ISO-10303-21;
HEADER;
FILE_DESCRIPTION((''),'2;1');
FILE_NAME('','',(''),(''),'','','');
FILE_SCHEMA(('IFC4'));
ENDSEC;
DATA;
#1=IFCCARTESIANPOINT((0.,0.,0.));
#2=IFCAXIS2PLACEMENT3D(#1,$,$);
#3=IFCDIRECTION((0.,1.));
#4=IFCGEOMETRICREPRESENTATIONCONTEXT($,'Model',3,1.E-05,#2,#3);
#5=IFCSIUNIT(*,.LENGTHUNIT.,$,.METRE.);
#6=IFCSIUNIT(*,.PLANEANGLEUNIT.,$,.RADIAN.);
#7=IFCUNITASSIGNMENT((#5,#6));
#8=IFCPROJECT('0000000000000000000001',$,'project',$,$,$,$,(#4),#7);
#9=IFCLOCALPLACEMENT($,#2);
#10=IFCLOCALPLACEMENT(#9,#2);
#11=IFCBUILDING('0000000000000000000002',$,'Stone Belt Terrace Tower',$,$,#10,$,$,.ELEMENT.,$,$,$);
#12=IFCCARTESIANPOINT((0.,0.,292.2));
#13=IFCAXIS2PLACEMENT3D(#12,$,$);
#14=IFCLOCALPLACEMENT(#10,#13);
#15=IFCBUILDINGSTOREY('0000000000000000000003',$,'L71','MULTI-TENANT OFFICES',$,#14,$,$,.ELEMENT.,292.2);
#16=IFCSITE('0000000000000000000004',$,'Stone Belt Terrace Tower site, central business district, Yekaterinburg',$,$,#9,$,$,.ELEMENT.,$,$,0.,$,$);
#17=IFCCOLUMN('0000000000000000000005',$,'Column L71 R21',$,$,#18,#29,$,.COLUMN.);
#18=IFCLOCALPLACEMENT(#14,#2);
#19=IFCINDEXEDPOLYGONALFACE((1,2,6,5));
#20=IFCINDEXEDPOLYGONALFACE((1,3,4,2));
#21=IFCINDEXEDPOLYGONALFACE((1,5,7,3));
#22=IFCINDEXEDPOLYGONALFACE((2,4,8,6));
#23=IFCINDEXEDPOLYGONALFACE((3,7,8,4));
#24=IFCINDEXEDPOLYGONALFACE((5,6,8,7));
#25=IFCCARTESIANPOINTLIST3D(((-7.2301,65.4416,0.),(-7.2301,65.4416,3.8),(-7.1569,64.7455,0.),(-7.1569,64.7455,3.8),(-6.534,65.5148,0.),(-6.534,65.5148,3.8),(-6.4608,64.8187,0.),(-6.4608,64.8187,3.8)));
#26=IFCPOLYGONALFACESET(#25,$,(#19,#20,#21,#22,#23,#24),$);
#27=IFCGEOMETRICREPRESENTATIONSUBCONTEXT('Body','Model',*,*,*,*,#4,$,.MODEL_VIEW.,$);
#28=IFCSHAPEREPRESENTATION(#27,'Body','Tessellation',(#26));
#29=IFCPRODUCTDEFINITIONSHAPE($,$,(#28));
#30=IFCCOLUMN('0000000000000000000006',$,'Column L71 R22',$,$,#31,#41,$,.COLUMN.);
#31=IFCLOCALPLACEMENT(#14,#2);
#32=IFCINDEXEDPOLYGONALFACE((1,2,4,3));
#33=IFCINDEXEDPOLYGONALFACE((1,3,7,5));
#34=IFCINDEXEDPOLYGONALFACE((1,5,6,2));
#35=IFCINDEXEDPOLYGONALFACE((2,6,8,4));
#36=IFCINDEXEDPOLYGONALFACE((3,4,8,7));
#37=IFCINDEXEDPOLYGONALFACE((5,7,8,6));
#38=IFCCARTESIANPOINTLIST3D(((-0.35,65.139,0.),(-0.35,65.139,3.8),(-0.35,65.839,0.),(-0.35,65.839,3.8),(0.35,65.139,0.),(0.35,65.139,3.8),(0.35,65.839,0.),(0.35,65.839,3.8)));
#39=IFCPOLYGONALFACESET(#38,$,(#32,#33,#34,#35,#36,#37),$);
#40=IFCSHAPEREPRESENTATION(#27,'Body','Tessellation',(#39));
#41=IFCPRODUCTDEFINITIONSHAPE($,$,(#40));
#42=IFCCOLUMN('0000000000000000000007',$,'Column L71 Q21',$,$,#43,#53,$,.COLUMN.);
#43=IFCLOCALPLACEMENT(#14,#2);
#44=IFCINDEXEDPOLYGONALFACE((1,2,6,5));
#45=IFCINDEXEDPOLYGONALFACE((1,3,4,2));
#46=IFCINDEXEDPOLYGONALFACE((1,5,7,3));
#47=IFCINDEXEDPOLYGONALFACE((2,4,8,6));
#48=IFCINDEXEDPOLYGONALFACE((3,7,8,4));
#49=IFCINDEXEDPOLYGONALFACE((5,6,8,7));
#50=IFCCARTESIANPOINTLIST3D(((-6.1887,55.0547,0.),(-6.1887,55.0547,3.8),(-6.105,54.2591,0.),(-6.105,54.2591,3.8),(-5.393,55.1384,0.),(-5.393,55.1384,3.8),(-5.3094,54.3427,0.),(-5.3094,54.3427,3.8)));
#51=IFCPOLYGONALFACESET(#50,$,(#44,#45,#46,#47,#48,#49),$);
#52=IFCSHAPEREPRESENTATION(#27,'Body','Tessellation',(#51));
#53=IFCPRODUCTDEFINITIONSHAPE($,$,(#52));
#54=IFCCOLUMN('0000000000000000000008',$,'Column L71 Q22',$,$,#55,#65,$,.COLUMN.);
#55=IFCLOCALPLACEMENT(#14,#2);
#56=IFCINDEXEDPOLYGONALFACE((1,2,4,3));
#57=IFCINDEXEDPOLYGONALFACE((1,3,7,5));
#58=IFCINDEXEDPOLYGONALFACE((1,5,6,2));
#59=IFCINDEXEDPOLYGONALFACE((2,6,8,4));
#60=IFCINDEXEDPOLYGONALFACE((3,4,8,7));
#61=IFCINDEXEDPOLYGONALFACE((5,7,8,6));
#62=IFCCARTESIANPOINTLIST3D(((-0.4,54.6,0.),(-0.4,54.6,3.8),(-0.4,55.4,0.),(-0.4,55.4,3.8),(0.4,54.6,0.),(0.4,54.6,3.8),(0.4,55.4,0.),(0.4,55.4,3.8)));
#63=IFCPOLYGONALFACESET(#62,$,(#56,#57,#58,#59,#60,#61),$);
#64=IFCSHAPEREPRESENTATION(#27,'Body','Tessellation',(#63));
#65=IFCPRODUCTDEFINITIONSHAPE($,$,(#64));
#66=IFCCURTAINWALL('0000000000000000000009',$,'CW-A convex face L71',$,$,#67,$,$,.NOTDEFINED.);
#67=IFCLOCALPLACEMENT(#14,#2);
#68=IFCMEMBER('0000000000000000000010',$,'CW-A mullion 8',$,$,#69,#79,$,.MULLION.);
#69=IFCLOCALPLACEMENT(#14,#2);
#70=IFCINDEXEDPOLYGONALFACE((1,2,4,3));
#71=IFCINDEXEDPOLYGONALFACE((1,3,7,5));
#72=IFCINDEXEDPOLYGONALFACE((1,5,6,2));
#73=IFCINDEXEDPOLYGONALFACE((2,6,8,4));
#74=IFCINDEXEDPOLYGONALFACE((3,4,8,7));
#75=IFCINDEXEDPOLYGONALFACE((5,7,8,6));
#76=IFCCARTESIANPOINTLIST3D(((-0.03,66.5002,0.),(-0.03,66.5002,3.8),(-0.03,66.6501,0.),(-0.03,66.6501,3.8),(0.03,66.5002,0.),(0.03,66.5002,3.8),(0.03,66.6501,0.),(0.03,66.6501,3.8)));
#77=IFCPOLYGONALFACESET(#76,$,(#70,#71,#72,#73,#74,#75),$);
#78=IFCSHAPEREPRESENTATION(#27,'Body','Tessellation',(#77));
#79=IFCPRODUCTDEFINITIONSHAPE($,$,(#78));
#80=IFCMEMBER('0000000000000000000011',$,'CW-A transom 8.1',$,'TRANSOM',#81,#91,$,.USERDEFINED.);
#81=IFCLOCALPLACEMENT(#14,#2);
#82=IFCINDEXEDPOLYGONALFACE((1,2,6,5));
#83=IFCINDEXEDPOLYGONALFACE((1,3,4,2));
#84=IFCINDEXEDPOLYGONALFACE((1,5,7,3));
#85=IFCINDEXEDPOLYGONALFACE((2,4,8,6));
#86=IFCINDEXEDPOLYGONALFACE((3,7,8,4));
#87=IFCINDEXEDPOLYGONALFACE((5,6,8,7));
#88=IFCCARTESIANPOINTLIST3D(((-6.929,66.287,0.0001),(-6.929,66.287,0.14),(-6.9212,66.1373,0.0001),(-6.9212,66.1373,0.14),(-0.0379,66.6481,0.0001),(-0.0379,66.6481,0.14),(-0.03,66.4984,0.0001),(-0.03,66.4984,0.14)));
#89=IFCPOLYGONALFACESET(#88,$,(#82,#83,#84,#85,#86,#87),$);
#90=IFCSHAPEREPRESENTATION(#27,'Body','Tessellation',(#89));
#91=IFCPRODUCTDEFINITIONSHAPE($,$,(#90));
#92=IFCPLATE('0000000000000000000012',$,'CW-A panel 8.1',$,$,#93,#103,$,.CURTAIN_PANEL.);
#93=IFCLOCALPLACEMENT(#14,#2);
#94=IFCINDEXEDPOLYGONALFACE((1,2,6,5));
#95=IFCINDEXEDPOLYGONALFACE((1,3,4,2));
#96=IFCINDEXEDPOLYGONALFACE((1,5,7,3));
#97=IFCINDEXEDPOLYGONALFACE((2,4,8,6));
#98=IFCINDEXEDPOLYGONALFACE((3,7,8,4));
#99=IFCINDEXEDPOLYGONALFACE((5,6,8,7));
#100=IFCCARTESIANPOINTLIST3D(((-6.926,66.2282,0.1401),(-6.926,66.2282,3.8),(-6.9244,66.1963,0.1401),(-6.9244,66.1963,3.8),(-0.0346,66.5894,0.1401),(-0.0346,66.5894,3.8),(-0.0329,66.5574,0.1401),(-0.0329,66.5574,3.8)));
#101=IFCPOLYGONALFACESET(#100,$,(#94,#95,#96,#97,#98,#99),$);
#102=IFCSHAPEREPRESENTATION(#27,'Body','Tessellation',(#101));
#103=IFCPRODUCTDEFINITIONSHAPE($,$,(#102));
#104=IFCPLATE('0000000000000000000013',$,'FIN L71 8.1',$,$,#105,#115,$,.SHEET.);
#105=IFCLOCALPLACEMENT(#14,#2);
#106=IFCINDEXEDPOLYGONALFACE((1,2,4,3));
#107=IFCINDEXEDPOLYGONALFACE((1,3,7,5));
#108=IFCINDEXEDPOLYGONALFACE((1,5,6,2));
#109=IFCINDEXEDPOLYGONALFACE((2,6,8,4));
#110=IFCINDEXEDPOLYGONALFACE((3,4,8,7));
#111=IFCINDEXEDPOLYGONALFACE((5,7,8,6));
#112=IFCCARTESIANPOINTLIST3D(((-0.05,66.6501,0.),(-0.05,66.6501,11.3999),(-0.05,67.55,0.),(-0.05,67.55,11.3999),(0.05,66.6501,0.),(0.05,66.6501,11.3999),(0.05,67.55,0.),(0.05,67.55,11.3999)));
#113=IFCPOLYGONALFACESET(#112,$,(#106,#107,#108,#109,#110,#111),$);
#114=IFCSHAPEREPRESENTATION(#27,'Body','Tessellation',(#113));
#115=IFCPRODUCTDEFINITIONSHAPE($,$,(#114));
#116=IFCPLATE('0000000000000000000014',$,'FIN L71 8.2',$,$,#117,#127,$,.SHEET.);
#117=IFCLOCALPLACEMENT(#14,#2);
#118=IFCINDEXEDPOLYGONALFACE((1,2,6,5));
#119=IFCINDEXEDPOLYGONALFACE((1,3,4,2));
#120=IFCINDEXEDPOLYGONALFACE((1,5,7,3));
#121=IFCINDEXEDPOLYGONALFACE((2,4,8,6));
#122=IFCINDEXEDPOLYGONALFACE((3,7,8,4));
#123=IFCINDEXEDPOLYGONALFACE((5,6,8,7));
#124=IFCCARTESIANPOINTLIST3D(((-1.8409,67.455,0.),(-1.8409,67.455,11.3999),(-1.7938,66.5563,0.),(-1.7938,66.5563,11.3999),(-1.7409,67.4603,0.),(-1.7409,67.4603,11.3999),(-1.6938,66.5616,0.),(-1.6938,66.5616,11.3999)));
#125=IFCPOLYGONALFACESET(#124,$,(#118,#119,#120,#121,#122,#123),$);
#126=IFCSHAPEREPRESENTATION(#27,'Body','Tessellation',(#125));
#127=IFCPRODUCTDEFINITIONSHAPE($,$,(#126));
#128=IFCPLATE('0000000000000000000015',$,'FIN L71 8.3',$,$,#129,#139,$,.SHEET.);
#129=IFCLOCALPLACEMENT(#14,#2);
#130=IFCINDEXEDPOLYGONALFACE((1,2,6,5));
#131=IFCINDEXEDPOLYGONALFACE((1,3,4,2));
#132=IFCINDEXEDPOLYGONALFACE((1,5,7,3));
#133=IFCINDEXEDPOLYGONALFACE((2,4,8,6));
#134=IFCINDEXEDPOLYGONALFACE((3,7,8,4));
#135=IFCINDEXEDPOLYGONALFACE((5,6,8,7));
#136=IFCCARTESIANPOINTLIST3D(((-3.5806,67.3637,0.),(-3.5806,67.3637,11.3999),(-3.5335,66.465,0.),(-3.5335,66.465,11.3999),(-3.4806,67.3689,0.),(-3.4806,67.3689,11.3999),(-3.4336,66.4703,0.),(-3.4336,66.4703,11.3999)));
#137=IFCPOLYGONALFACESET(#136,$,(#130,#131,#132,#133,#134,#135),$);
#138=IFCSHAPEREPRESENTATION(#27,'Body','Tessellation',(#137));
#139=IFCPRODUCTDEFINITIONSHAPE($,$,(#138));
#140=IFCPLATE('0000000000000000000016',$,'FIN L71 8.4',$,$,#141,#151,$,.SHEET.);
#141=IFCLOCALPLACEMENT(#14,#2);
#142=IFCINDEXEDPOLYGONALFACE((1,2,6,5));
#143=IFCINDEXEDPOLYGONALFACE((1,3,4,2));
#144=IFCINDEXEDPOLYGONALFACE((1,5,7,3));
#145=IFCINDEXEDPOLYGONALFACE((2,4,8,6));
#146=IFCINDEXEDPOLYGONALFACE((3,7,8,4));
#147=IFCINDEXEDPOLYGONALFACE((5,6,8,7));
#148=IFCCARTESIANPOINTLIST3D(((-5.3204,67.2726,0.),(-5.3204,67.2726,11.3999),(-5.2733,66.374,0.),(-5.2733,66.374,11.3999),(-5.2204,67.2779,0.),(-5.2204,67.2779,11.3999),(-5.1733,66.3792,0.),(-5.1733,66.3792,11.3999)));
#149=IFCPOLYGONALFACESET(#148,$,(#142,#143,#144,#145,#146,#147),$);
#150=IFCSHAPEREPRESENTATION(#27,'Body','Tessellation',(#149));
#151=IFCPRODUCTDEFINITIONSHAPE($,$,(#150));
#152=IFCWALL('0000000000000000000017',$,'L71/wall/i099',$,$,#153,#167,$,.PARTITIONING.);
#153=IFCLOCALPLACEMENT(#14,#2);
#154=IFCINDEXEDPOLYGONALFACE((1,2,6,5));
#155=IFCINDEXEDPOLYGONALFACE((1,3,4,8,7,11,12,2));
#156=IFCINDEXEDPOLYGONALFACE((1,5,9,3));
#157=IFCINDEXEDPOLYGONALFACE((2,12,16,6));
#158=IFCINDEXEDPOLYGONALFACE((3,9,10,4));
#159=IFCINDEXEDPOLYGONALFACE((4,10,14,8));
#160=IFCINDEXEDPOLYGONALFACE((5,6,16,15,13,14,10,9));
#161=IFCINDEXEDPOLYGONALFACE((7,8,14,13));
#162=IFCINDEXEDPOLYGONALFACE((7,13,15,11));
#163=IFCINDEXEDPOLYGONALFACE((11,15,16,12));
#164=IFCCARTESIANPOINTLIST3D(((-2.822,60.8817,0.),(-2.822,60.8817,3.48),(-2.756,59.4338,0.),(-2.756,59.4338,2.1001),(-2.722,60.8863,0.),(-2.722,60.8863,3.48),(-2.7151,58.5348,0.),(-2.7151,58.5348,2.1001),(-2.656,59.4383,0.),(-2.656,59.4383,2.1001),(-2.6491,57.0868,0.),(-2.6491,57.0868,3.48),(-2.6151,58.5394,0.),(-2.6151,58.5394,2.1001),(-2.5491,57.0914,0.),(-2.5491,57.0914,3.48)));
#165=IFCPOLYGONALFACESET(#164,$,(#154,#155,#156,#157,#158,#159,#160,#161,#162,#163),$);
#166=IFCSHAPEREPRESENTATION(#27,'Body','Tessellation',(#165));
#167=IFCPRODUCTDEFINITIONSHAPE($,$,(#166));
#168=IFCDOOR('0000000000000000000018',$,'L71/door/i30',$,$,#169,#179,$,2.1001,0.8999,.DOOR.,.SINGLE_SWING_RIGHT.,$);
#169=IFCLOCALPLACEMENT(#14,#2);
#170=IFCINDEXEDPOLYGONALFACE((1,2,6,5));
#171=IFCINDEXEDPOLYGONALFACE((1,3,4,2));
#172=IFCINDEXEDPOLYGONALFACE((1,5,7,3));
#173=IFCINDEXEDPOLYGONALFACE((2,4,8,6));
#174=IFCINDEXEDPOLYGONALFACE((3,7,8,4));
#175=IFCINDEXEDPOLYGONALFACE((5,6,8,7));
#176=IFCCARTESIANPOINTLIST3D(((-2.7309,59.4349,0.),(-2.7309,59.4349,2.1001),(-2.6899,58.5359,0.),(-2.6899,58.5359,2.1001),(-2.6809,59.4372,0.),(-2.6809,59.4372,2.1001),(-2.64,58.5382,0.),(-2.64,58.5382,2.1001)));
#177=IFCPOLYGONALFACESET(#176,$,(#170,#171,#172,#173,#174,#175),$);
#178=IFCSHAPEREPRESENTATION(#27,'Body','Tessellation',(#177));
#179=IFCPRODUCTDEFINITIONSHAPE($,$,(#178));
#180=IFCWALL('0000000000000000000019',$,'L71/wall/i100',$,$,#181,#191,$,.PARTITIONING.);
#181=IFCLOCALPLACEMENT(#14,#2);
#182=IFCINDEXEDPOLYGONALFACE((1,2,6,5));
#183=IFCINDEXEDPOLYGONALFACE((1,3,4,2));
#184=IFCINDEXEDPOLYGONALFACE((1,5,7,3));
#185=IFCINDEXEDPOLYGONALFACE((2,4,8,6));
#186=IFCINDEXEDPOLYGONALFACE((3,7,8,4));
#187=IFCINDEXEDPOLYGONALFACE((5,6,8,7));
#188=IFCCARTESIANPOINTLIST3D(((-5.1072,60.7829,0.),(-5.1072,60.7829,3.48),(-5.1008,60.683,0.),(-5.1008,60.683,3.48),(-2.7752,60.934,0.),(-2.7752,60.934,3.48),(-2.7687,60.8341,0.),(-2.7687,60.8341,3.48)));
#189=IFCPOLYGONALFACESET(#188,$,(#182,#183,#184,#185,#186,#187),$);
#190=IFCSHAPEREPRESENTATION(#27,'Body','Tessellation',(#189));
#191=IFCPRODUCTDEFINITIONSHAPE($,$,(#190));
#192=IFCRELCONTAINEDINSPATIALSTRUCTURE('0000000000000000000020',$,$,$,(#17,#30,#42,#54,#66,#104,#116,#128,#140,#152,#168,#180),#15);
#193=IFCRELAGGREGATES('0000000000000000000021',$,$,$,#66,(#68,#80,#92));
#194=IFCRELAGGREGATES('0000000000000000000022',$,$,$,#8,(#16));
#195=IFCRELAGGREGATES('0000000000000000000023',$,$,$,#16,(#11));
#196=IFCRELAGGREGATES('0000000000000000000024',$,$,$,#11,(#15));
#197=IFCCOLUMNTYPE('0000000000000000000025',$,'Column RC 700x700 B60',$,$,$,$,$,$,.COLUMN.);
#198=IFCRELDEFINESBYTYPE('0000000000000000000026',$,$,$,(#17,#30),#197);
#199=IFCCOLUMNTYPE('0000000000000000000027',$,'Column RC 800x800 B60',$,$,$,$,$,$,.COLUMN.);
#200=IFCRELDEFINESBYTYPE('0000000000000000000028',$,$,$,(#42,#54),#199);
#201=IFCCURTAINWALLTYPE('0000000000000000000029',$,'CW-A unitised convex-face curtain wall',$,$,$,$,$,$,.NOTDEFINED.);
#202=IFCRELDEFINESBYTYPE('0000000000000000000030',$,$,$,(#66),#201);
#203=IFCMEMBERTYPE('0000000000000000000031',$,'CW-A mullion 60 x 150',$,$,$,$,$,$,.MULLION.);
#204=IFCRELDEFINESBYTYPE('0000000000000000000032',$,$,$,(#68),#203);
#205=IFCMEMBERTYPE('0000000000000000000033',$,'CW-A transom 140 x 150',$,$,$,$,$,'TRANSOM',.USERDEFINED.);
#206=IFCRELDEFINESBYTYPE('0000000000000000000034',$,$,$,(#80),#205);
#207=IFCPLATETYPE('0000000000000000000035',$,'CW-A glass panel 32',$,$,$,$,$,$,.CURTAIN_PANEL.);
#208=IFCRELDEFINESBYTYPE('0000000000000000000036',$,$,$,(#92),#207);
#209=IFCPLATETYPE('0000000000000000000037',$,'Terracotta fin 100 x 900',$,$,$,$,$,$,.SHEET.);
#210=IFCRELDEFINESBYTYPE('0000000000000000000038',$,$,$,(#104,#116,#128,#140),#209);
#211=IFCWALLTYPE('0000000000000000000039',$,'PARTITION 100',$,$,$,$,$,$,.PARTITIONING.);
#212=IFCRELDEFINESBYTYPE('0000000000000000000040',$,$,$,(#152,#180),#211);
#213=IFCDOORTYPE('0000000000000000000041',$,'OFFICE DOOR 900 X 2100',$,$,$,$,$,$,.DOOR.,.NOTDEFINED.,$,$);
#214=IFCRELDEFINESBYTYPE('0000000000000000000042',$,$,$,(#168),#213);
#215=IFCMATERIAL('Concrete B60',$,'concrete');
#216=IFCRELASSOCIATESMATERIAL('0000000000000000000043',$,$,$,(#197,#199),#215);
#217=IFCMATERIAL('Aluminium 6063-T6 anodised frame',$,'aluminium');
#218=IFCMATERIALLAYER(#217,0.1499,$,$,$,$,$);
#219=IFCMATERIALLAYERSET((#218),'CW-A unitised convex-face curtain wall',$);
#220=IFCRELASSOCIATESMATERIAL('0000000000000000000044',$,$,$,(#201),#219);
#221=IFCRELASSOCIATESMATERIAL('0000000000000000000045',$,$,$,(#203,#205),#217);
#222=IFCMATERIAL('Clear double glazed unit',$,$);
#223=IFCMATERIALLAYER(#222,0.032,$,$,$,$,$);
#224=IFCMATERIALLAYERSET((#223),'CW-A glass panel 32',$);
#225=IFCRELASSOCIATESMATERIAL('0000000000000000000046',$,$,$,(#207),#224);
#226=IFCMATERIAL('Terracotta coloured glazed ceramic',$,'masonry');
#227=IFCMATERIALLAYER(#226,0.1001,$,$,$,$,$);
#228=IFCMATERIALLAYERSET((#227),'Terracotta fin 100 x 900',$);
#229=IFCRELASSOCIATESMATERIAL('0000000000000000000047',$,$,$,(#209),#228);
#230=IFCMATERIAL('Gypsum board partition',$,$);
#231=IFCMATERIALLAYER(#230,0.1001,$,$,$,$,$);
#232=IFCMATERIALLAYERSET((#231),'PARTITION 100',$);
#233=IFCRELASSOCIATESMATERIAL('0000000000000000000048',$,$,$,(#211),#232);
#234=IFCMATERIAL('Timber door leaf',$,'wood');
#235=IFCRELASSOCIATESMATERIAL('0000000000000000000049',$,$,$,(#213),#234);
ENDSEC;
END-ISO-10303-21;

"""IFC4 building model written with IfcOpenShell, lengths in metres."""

from ifc_helpers import new_model, si_unit, direction, frame, frame_2d, origin, origin_2d, place, context, subcontext, project, spatial, rectangle, extrude, material, layer, layer_set, material_profile, profile_set, type_object, element, fill, aggregate, save


model = new_model("IFC4")

# Units and contexts
model_context = context("Model", 3, precision=1e-05, world=origin(), true_north=direction((0.0, 1.0)))
body_context = subcontext(model_context, "Body", "Model", "MODEL_VIEW")
ifc_project = project(units=[si_unit("LENGTHUNIT", "METRE"), si_unit("PLANEANGLEUNIT", "RADIAN")], contexts=[model_context])

# Site, building, storey
site_placement = place(None, origin())
site = spatial("IfcSite", under=ifc_project, at=site_placement, Name="Stone Belt Terrace Tower site, central business district, Yekaterinburg", CompositionType="ELEMENT", RefElevation=0.0)
building_placement = place(site_placement, origin())
building = spatial("IfcBuilding", under=site, at=building_placement, Name="Stone Belt Terrace Tower", CompositionType="ELEMENT")
storey_placement = place(building_placement, frame((0.0, 0.0, 292.2)))
storey = spatial("IfcBuildingStorey", under=building, at=storey_placement, Name="L71", Description="MULTI-TENANT OFFICES", CompositionType="ELEMENT", Elevation=292.2)

# Columns
ifc_material_1 = material(Name="Concrete B60", Category="concrete")
ifc_material_profile_1 = material_profile(ifc_material_1, rectangle(XDim=0.7, YDim=0.7, at=origin_2d()), Name="RC 700x700")
ifc_profile_set_1 = profile_set([ifc_material_profile_1], Name="Concrete B60")
column_type_1 = type_object("IfcColumnType", Name="Column RC 700x700 B60", PredefinedType="COLUMN", material=ifc_profile_set_1)
for number, where, z_axis, x_axis, name in (
    (1, (-6.8455, 65.1301, 0.0), (0.0, 0.0, 1.0), (0.994522, 0.104528, 0.0), "Column L71 R21"),
    (2, (0.0, 65.489, 0.0), (0.0, 0.0, 1.0), (1.0, 0.0, 0.0), "Column L71 R22"),
):
    element("IfcColumn", number, at=place(storey_placement, frame(where, z_axis=z_axis, x_axis=x_axis)), inside=storey, type_object=column_type_1, Name=name, PredefinedType="COLUMN", context=body_context, shape_type="SweptSolid", body=[
        extrude(rectangle(XDim=0.7, YDim=0.7, at=origin_2d()), origin(), (0.0, 0.0, 1.0), 3.8),
    ])
ifc_material_profile_2 = material_profile(ifc_material_1, rectangle(XDim=0.8, YDim=0.8, at=origin_2d()), Name="RC 800x800")
ifc_profile_set_2 = profile_set([ifc_material_profile_2], Name="Concrete B60")
column_type_2 = type_object("IfcColumnType", Name="Column RC 800x800 B60", PredefinedType="COLUMN", material=ifc_profile_set_2)
for number, where, z_axis, x_axis, name in (
    (3, (-5.749, 54.6987, 0.0), (0.0, 0.0, 1.0), (0.994522, 0.104528, 0.0), "Column L71 Q21"),
    (4, (0.0, 55.0, 0.0), (0.0, 0.0, 1.0), (1.0, 0.0, 0.0), "Column L71 Q22"),
):
    element("IfcColumn", number, at=place(storey_placement, frame(where, z_axis=z_axis, x_axis=x_axis)), inside=storey, type_object=column_type_2, Name=name, PredefinedType="COLUMN", context=body_context, shape_type="SweptSolid", body=[
        extrude(rectangle(XDim=0.8, YDim=0.8, at=origin_2d()), origin(), (0.0, 0.0, 1.0), 3.8),
    ])

# Curtain wall, members, plate
ifc_material_2 = material(Name="Aluminium 6063-T6 anodised frame", Category="aluminium")
ifc_layer_1 = layer(ifc_material_2, 0.1499)
ifc_layer_set_1 = layer_set([ifc_layer_1], Name="CW-A unitised convex-face curtain wall")
curtain_wall_type = type_object("IfcCurtainWallType", Name="CW-A unitised convex-face curtain wall", PredefinedType="NOTDEFINED", material=ifc_layer_set_1)
curtain_wall_placement = place(storey_placement, origin())
curtain_wall = element("IfcCurtainWall", 5, at=curtain_wall_placement, inside=storey, type_object=curtain_wall_type, Name="CW-A convex face L71", PredefinedType="NOTDEFINED")
ifc_material_profile_3 = material_profile(ifc_material_2, rectangle(XDim=0.1499, YDim=0.0601, at=origin_2d()), Name="Aluminium 6063-T6 60x150")
ifc_profile_set_3 = profile_set([ifc_material_profile_3], Name="Aluminium 6063-T6 anodised frame")
member_type_1 = type_object("IfcMemberType", Name="CW-A mullion 60 x 150", PredefinedType="MULLION", material=ifc_profile_set_3)
member_1_placement = place(storey_placement, frame((0.0, 66.5752, 0.0), z_axis=(0.0, 0.0, 1.0), x_axis=(0.0, -1.0, 0.0)))
member_1 = element("IfcMember", 6, at=member_1_placement, type_object=member_type_1, Name="CW-A mullion 8", PredefinedType="MULLION", context=body_context, shape_type="SweptSolid", body=[
    extrude(rectangle(XDim=0.1499, YDim=0.0601, at=origin_2d()), origin(), (0.0, 0.0, 1.0), 3.8),
])
ifc_material_profile_4 = material_profile(ifc_material_2, rectangle(XDim=0.1499, YDim=0.1399, at=origin_2d()), Name="Aluminium 6063-T6 150x140")
ifc_profile_set_4 = profile_set([ifc_material_profile_4], Name="Aluminium 6063-T6 anodised frame")
member_type_2 = type_object("IfcMemberType", Name="CW-A transom 140 x 150", ElementType="TRANSOM", PredefinedType="USERDEFINED", material=ifc_profile_set_4)
member_2_placement = place(storey_placement, frame((-0.0339, 66.5732, 0.0701), z_axis=(-0.99863, -0.052327, 0.0), x_axis=(0.052327, -0.99863, 0.0)))
member_2 = element("IfcMember", 7, at=member_2_placement, type_object=member_type_2, Name="CW-A transom 8.1", ObjectType="TRANSOM", PredefinedType="USERDEFINED", context=body_context, shape_type="SweptSolid", body=[
    extrude(rectangle(XDim=0.1499, YDim=0.1399, at=origin_2d()), origin(), (0.0, 0.0, 1.0), 6.9006),
])
ifc_material_3 = material(Name="Clear double glazed unit")
ifc_layer_2 = layer(ifc_material_3, 0.032)
ifc_layer_set_2 = layer_set([ifc_layer_2], Name="CW-A glass panel 32")
plate_type_1 = type_object("IfcPlateType", Name="CW-A glass panel 32", PredefinedType="CURTAIN_PANEL", material=ifc_layer_set_2)
plate_placement = place(storey_placement, frame((-3.4795, 66.3928, 0.1401), z_axis=(0.0, 0.0, 1.0), x_axis=(-0.99863, -0.052336, 0.0)))
plate = element("IfcPlate", 8, at=plate_placement, type_object=plate_type_1, Name="CW-A panel 8.1", PredefinedType="CURTAIN_PANEL", context=body_context, shape_type="SweptSolid", body=[
    extrude(rectangle(XDim=6.9009, YDim=0.032, at=origin_2d()), origin(), (0.0, 0.0, 1.0), 3.6599),
])
aggregate(curtain_wall, [member_1, member_2, plate])

# Plates
ifc_material_4 = material(Name="Terracotta coloured glazed ceramic", Category="masonry")
ifc_layer_3 = layer(ifc_material_4, 0.1001)
ifc_layer_set_3 = layer_set([ifc_layer_3], Name="Terracotta fin 100 x 900")
plate_type_2 = type_object("IfcPlateType", Name="Terracotta fin 100 x 900", PredefinedType="SHEET", material=ifc_layer_set_3)
for number, where, z_axis, x_axis, name in (
    (9, (0.0, 67.1001, 0.0), (0.0, 0.0, 1.0), (0.0, 1.0, 0.0), "FIN L71 8.1"),
    (10, (-1.7673, 67.0083, 0.0), (0.0, 0.0, 1.0), (-0.052336, 0.99863, 0.0), "FIN L71 8.2"),
    (11, (-3.5071, 66.917, 0.0), (0.0, 0.0, 1.0), (-0.052336, 0.99863, 0.0), "FIN L71 8.3"),
    (12, (-5.2468, 66.8259, 0.0), (0.0, 0.0, 1.0), (-0.052336, 0.99863, 0.0), "FIN L71 8.4"),
):
    element("IfcPlate", number, at=place(storey_placement, frame(where, z_axis=z_axis, x_axis=x_axis)), inside=storey, type_object=plate_type_2, Name=name, PredefinedType="SHEET", context=body_context, shape_type="SweptSolid", body=[
        extrude(rectangle(XDim=0.8999, YDim=0.1001, at=origin_2d()), origin(), (0.0, 0.0, 1.0), 11.3999),
    ])

# Wall, opening, door
ifc_material_5 = material(Name="Gypsum board partition")
ifc_layer_4 = layer(ifc_material_5, 0.1001)
ifc_layer_set_4 = layer_set([ifc_layer_4], Name="PARTITION 100")
wall_type_1 = type_object("IfcWallType", Name="PARTITION 100", PredefinedType="PARTITIONING", material=ifc_layer_set_4)
wall_1_placement = place(storey_placement, frame((-2.5991, 57.0891, 0.0), z_axis=(0.0, 0.0, 1.0), x_axis=(-0.045501, 0.998964, 0.0)))
wall_1 = element("IfcWall", 13, at=wall_1_placement, inside=storey, type_object=wall_type_1, Name="L71/wall/i099", PredefinedType="PARTITIONING", context=body_context, shape_type="SweptSolid", body=[
    extrude(rectangle(XDim=3.7988, YDim=0.1001, at=frame_2d((1.8994, 0.0))), origin(), (0.0, 0.0, 1.0), 3.48),
])
opening_1_placement = place(wall_1_placement, frame((1.4495, 0.0, 0.0)))
opening_1 = element("IfcOpeningElement", 14, at=opening_1_placement, cuts=wall_1, PredefinedType="OPENING", context=body_context, shape_type="SweptSolid", body=[
    extrude(rectangle(XDim=0.8999, YDim=2.1001, at=frame_2d((0.45, 1.05))), frame((0.0, 0.0601, 0.0), z_axis=(0.0, -1.0, 0.0), x_axis=(1.0, 0.0, 0.0)), (0.0, 0.0, 1.0), 0.1201),
])
ifc_material_6 = material(Name="Timber door leaf", Category="wood")
door_type_1 = type_object("IfcDoorType", Name="OFFICE DOOR 900 X 2100", OperationType="NOTDEFINED", PredefinedType="DOOR", material=ifc_material_6)
door_1_placement = place(opening_1_placement, origin())
door_1 = element("IfcDoor", 15, at=door_1_placement, inside=storey, type_object=door_type_1, Name="L71/door/i30", OperationType="SINGLE_SWING_RIGHT", OverallHeight=2.1001, OverallWidth=0.8999, PredefinedType="DOOR", context=body_context, shape_type="SweptSolid", body=[
    extrude(rectangle(XDim=0.8999, YDim=2.1001, at=frame_2d((0.45, 1.05))), frame((0.0, 0.0249, 0.0), z_axis=(0.0, -1.0, 0.0), x_axis=(1.0, 0.0, 0.0)), (0.0, 0.0, 1.0), 0.05),
])
fill(opening_1, door_1)

# Wall
wall_2_placement = place(storey_placement, frame((-2.772, 60.884, 0.0), z_axis=(0.0, 0.0, 1.0), x_axis=(-0.997907, -0.064668, 0.0)))
element("IfcWall", 16, at=wall_2_placement, inside=storey, type_object=wall_type_1, Name="L71/wall/i100", PredefinedType="PARTITIONING", context=body_context, shape_type="SweptSolid", body=[
    extrude(rectangle(XDim=2.3369, YDim=0.1001, at=frame_2d((1.1685, 0.0))), origin(), (0.0, 0.0, 1.0), 3.48),
])

save(model, "model.ifc")
